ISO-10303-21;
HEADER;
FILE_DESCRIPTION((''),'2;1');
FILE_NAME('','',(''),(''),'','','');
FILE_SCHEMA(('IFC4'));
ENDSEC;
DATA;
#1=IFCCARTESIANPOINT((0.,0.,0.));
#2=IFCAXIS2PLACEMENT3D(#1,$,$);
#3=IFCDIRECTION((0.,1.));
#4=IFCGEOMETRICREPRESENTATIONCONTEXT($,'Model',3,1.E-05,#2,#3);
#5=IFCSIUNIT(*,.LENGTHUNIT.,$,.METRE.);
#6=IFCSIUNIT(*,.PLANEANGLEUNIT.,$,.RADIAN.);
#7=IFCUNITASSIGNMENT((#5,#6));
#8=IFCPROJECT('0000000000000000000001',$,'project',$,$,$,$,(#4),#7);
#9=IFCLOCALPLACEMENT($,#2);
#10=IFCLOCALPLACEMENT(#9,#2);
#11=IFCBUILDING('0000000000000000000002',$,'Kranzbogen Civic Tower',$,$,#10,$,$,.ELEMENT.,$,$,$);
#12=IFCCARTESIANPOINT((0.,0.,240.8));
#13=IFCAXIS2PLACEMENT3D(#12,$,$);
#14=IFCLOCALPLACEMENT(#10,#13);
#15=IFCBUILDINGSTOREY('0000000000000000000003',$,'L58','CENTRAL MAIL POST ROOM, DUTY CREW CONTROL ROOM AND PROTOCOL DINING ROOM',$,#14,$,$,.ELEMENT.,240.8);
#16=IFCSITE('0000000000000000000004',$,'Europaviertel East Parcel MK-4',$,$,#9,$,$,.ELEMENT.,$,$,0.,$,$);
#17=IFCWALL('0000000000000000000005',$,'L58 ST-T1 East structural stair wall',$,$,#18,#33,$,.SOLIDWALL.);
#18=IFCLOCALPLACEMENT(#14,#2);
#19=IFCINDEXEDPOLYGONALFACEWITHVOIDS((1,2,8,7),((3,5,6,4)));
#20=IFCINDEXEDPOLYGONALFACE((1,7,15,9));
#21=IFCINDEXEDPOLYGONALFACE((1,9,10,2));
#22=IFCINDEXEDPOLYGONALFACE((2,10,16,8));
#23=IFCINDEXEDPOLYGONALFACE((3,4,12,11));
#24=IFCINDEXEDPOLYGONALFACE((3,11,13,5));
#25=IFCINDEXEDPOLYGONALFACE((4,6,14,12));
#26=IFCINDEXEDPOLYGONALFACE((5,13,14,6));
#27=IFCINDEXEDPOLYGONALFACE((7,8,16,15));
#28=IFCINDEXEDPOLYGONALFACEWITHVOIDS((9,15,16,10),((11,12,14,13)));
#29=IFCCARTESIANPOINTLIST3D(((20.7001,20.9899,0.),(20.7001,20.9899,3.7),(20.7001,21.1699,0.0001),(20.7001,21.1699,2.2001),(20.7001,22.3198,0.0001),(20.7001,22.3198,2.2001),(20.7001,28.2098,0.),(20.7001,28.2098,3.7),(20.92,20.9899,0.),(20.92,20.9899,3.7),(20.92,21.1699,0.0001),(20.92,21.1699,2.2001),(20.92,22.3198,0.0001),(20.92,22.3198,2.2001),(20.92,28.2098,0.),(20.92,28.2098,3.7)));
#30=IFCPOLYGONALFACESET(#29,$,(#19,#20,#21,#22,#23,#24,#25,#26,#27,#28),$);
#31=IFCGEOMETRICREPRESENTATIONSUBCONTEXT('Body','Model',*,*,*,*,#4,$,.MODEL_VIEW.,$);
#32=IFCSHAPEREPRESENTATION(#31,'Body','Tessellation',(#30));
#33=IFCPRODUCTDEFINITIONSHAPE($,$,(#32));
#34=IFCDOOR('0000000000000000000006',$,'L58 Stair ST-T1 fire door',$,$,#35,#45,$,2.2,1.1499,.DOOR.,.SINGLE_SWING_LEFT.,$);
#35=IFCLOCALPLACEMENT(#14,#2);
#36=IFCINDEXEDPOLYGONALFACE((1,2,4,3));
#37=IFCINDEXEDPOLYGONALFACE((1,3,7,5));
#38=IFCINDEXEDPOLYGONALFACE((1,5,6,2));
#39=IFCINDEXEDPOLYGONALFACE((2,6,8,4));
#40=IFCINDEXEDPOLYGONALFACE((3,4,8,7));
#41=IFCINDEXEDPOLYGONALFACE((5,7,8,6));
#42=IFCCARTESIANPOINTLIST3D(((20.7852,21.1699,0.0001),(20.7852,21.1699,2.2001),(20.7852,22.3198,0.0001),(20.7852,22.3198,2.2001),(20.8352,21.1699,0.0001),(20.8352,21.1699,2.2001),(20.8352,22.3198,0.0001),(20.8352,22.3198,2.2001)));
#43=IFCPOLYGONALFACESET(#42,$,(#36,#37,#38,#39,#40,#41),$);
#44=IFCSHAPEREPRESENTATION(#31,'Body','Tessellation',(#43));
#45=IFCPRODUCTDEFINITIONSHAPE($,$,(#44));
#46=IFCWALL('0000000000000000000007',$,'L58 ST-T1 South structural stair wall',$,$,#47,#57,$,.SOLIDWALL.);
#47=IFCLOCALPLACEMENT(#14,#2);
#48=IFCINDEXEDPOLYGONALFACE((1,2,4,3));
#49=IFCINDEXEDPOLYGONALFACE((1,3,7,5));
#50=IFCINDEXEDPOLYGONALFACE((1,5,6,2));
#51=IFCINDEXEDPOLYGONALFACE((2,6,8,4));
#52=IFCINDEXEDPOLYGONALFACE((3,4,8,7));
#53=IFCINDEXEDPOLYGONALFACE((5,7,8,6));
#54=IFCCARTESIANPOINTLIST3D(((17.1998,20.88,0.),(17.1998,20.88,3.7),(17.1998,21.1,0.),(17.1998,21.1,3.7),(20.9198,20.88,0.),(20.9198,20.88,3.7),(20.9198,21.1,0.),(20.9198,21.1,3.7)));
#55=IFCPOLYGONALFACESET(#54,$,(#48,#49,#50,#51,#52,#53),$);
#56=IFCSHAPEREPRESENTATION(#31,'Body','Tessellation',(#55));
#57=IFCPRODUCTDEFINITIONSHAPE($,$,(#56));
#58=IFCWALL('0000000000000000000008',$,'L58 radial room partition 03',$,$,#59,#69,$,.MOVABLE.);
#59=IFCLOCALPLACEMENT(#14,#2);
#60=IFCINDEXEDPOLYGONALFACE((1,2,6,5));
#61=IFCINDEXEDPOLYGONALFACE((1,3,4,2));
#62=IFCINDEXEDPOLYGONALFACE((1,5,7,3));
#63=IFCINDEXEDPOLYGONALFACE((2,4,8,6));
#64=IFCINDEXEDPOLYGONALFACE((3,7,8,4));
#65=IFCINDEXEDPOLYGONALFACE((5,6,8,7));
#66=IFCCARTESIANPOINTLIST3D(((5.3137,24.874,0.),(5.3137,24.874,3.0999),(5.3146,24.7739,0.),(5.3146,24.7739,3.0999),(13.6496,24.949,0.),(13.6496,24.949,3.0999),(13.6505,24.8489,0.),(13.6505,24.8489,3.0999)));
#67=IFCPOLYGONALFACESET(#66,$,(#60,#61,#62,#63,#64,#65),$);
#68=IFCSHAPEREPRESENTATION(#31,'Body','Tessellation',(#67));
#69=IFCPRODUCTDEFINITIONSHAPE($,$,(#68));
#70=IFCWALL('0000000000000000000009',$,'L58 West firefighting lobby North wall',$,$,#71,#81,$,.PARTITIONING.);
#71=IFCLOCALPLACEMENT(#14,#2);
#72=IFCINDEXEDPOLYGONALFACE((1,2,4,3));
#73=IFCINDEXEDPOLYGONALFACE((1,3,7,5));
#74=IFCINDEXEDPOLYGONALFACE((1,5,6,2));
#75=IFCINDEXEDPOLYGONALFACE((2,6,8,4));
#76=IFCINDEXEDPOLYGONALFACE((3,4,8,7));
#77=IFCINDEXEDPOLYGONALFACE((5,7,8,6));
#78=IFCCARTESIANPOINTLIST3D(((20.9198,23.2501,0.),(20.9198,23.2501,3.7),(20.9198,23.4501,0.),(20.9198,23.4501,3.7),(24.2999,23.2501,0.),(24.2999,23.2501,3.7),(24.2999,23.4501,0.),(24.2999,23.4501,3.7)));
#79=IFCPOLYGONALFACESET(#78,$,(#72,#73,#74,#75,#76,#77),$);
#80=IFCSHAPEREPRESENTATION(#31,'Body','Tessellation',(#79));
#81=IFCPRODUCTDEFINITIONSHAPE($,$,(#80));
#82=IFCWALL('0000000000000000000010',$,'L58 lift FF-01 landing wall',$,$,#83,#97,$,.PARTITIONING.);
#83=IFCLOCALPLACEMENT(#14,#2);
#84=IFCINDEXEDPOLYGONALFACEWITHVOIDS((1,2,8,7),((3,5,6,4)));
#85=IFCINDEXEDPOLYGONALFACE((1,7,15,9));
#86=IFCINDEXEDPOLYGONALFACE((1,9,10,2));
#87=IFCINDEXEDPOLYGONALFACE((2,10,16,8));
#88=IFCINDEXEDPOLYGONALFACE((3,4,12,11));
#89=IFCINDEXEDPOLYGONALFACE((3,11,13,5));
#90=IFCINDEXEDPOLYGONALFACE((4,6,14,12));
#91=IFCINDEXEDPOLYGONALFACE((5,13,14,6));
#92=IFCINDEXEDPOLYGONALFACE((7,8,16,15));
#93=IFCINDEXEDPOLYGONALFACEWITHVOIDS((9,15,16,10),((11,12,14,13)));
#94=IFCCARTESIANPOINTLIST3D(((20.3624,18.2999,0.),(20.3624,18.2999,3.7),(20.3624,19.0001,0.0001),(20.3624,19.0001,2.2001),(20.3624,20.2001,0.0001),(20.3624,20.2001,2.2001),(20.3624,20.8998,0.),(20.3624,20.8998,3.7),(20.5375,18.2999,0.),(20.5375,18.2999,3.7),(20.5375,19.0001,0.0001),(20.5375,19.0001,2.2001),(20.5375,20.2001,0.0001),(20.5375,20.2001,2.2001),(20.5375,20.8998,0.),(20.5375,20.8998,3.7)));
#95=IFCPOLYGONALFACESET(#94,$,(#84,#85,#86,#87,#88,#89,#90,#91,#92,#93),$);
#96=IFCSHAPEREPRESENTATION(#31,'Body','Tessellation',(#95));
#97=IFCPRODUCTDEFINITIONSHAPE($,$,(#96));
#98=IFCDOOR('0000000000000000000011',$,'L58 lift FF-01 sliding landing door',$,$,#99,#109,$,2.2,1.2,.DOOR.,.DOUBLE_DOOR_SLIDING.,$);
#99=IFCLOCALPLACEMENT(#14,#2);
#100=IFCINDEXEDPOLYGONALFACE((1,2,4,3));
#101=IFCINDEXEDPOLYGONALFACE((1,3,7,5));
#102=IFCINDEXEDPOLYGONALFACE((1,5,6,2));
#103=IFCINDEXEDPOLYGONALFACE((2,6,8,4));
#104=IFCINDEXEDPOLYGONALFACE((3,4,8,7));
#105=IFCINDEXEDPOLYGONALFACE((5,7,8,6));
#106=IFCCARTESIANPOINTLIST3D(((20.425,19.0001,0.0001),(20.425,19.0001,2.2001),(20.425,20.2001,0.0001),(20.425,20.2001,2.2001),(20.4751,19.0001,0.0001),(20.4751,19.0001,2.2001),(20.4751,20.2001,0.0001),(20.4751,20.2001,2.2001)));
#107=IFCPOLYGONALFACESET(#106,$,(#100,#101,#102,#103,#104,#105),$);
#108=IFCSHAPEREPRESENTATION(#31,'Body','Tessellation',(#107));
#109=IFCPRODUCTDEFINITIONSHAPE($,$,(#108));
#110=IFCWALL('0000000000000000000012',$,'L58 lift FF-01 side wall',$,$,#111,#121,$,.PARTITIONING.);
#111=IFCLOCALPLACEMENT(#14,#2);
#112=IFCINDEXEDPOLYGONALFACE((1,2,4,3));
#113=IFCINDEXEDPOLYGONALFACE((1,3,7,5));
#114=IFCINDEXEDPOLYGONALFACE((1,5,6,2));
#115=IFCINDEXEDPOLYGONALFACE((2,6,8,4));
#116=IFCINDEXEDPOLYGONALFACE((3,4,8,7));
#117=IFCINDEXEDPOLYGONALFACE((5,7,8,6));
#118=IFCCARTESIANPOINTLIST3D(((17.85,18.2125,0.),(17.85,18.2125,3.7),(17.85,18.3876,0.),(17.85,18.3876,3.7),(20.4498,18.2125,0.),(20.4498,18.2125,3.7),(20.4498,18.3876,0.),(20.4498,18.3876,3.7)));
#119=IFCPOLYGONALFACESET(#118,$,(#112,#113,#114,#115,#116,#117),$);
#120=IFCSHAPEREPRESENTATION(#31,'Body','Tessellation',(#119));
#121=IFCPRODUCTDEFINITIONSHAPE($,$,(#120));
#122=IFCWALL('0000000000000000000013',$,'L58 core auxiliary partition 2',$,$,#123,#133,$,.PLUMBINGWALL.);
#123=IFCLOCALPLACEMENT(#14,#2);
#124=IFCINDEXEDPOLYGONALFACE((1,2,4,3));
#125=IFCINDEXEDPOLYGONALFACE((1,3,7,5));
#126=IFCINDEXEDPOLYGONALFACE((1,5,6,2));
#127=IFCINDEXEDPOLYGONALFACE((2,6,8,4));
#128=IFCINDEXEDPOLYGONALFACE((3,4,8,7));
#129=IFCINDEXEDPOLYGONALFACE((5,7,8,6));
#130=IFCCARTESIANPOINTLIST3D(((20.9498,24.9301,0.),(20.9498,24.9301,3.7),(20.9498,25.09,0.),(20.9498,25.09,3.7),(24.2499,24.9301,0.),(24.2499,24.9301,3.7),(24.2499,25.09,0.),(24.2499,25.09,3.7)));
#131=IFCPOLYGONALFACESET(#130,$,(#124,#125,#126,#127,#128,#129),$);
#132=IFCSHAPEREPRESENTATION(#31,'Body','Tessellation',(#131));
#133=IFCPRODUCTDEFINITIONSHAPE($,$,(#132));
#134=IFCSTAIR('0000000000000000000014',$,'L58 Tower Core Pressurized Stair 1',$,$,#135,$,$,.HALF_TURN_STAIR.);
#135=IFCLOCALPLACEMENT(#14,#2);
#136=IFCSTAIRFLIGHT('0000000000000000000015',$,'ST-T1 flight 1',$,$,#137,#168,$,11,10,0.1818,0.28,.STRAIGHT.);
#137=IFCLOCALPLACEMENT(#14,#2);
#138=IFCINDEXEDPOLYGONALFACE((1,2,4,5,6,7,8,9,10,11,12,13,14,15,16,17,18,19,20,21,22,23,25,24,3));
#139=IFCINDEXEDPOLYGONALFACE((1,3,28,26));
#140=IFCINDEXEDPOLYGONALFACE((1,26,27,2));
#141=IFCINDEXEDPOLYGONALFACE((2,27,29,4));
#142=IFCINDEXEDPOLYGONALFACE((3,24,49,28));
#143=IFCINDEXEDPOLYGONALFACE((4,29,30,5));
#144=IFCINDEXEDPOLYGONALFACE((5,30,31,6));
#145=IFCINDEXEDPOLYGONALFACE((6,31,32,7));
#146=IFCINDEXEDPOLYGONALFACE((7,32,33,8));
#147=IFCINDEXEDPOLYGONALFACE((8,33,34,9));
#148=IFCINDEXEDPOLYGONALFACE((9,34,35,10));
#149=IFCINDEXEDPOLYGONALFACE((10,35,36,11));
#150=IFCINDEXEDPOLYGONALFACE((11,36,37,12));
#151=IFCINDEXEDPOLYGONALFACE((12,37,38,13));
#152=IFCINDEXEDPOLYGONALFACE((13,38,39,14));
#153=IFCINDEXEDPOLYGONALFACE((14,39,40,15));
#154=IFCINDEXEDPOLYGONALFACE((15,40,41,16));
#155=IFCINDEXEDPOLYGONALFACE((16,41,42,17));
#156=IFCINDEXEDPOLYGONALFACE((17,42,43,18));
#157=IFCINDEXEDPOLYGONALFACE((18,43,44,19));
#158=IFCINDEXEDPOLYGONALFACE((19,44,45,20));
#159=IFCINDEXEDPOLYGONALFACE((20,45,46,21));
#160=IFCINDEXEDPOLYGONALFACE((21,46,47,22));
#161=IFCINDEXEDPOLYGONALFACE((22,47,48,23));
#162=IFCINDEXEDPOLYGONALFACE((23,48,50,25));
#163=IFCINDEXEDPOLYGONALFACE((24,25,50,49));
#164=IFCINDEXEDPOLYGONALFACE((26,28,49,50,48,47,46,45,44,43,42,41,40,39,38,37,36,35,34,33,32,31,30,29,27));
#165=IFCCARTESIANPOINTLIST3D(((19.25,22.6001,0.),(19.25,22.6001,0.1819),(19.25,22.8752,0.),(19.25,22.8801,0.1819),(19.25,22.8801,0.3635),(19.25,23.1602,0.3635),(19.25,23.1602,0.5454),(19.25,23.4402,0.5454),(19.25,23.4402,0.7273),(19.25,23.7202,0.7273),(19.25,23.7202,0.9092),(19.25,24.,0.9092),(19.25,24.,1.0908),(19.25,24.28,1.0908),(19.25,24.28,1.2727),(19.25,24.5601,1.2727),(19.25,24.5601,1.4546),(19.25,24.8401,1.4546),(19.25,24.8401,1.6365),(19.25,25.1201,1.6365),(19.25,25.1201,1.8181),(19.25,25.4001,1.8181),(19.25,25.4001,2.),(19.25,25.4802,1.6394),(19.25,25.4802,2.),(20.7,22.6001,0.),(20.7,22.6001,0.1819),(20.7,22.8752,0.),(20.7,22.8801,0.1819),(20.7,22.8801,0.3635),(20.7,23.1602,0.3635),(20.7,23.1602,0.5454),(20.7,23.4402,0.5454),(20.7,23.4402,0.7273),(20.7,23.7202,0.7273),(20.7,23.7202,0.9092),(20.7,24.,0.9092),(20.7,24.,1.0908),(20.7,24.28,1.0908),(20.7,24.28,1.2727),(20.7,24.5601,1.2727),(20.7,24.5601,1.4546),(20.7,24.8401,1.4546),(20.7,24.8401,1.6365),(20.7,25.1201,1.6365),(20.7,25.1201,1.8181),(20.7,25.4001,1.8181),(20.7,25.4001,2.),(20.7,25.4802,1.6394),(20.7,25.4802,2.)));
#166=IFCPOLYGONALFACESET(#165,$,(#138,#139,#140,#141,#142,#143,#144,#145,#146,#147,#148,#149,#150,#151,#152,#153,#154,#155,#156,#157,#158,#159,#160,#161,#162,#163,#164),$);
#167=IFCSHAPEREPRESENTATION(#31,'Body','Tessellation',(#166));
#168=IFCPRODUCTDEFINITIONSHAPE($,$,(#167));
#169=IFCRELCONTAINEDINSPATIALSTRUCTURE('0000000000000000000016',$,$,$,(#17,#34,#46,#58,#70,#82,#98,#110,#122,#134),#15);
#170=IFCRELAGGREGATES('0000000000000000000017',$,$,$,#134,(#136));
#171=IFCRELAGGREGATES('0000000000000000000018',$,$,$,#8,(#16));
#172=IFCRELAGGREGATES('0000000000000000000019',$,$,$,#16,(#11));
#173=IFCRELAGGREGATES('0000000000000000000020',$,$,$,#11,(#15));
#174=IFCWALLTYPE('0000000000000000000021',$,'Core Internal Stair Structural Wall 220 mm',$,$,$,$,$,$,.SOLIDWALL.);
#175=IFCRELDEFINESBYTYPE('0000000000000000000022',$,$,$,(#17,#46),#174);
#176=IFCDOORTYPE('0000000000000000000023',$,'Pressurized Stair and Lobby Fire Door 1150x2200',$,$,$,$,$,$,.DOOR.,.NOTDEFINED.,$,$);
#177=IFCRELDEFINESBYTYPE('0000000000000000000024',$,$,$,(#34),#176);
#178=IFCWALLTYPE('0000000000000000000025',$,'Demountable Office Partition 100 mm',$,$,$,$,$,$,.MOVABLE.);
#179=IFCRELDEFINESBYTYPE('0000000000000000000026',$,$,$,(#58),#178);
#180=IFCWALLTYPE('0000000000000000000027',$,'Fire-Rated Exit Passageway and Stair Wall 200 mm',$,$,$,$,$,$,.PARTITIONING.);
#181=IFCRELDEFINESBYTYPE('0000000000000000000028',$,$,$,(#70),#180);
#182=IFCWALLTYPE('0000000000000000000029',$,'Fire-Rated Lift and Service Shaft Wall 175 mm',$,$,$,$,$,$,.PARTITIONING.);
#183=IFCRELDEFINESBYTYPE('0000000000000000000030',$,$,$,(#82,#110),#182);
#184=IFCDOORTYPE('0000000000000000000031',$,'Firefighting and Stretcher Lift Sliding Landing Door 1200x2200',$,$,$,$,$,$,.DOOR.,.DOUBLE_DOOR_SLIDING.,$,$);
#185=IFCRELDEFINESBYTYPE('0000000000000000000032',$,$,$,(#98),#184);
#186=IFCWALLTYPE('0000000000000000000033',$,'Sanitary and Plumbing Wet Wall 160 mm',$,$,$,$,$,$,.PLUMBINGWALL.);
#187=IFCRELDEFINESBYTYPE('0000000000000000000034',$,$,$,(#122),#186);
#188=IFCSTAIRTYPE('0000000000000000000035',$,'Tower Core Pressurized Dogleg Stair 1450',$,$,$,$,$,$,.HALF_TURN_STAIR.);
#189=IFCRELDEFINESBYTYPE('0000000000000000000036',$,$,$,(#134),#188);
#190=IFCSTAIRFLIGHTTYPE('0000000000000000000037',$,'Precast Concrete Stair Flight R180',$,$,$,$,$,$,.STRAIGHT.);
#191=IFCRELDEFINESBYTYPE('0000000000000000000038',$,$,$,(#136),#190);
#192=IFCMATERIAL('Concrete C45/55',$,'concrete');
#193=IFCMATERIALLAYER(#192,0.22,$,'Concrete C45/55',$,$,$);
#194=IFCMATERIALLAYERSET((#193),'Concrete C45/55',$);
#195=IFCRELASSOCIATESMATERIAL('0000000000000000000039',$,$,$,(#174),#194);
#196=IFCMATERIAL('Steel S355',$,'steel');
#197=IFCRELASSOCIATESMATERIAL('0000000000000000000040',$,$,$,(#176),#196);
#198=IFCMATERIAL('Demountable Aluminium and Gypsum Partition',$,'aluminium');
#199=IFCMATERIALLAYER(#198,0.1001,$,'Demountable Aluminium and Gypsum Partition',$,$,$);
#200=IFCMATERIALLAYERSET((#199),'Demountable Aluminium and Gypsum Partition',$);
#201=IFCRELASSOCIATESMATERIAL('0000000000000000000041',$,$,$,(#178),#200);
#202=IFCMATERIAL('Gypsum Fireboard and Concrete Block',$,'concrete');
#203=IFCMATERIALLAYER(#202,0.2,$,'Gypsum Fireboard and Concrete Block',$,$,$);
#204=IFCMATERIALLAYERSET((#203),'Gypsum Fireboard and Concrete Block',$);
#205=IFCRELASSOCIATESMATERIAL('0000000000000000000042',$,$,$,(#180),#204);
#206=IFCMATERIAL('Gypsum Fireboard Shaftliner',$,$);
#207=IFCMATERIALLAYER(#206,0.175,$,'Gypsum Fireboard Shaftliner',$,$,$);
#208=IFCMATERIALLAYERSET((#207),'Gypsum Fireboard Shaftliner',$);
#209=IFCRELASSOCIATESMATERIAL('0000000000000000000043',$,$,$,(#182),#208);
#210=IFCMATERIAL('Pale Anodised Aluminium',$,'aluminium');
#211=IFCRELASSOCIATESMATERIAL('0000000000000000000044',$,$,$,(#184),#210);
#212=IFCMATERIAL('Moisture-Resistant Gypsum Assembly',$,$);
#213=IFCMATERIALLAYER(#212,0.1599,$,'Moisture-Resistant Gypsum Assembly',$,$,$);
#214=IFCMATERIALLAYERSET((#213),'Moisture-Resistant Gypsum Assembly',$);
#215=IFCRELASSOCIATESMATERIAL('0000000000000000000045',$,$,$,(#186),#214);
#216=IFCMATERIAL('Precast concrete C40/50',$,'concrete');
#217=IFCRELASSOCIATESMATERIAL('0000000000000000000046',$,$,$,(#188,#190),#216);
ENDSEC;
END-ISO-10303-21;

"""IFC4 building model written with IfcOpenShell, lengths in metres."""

from ifc_helpers import new_model, si_unit, direction, frame, frame_2d, origin, place, context, subcontext, project, spatial, polyline, rectangle, outline, extrude, material, layer, layer_set, type_object, element, fill, aggregate, save


model = new_model("IFC4")

# Units and contexts
model_context = context("Model", 3, precision=1e-05, world=origin(), true_north=direction((0.0, 1.0)))
body_context = subcontext(model_context, "Body", "Model", "MODEL_VIEW")
ifc_project = project(units=[si_unit("LENGTHUNIT", "METRE"), si_unit("PLANEANGLEUNIT", "RADIAN")], contexts=[model_context])

# Site, building, storey
site_placement = place(None, origin())
site = spatial("IfcSite", under=ifc_project, at=site_placement, Name="Europaviertel East Parcel MK-4", CompositionType="ELEMENT", RefElevation=0.0)
building_placement = place(site_placement, origin())
building = spatial("IfcBuilding", under=site, at=building_placement, Name="Kranzbogen Civic Tower", CompositionType="ELEMENT")
storey_placement = place(building_placement, frame((0.0, 0.0, 240.8)))
storey = spatial("IfcBuildingStorey", under=building, at=storey_placement, Name="L58", Description="CENTRAL MAIL POST ROOM, DUTY CREW CONTROL ROOM AND PROTOCOL DINING ROOM", CompositionType="ELEMENT", Elevation=240.8)

# Shared definitions
ifc_material_1 = material(Name="Steel S355", Category="steel")

# Shared definitions
ifc_material_2 = material(Name="Pale Anodised Aluminium", Category="aluminium")

# Shared definitions
ifc_material_3 = material(Name="Concrete C45/55", Category="concrete")

# Wall, opening, door
ifc_layer_1 = layer(ifc_material_3, 0.22, Name="Concrete C45/55")
ifc_layer_set_1 = layer_set([ifc_layer_1], Name="Concrete C45/55")
wall_type_1 = type_object("IfcWallType", Name="Core Internal Stair Structural Wall 220 mm", PredefinedType="SOLIDWALL", material=ifc_layer_set_1)
wall_1_placement = place(storey_placement, frame((20.8101, 20.99, 0.0), z_axis=(0.0, 0.0, 1.0), x_axis=(0.0, 1.0, 0.0)))
wall_1 = element("IfcWall", 1, at=wall_1_placement, inside=storey, type_object=wall_type_1, Name="L58 ST-T1 East structural stair wall", PredefinedType="SOLIDWALL", context=body_context, shape_type="SweptSolid", body=[
    extrude(rectangle(XDim=7.22, YDim=0.22, at=frame_2d((3.6099, 0.0))), origin(), (0.0, 0.0, 1.0), 3.7),
])
opening_1_placement = place(wall_1_placement, frame((0.1799, 0.0, 0.0)))
opening_1 = element("IfcOpeningElement", 2, at=opening_1_placement, cuts=wall_1, PredefinedType="OPENING", context=body_context, shape_type="SweptSolid", body=[
    extrude(rectangle(XDim=1.1499, YDim=2.2, at=frame_2d((0.575, 1.1001))), frame((0.0, 0.1201, 0.0), z_axis=(0.0, -1.0, 0.0), x_axis=(1.0, 0.0, 0.0)), (0.0, 0.0, 1.0), 0.24),
])
door_type_1 = type_object("IfcDoorType", Name="Pressurized Stair and Lobby Fire Door 1150x2200", OperationType="NOTDEFINED", PredefinedType="DOOR", material=ifc_material_1)
door_1_placement = place(opening_1_placement, origin())
door_1 = element("IfcDoor", 3, at=door_1_placement, inside=storey, type_object=door_type_1, Name="L58 Stair ST-T1 fire door", OperationType="SINGLE_SWING_LEFT", OverallHeight=2.2, OverallWidth=1.1499, PredefinedType="DOOR", context=body_context, shape_type="SweptSolid", body=[
    extrude(rectangle(XDim=1.1499, YDim=2.2, at=frame_2d((0.575, 1.1001))), frame((0.0, 0.0249, 0.0), z_axis=(0.0, -1.0, 0.0), x_axis=(1.0, 0.0, 0.0)), (0.0, 0.0, 1.0), 0.05),
])
fill(opening_1, door_1)

# Walls
wall_2_placement = place(storey_placement, frame((17.2, 20.99, 0.0), z_axis=(0.0, 0.0, 1.0), x_axis=(1.0, 0.0, 0.0)))
element("IfcWall", 4, at=wall_2_placement, inside=storey, type_object=wall_type_1, Name="L58 ST-T1 South structural stair wall", PredefinedType="SOLIDWALL", context=body_context, shape_type="SweptSolid", body=[
    extrude(rectangle(XDim=3.72, YDim=0.22, at=frame_2d((1.8599, 0.0))), origin(), (0.0, 0.0, 1.0), 3.7),
])
ifc_material_4 = material(Name="Demountable Aluminium and Gypsum Partition", Category="aluminium")
ifc_layer_2 = layer(ifc_material_4, 0.1001, Name="Demountable Aluminium and Gypsum Partition")
ifc_layer_set_2 = layer_set([ifc_layer_2], Name="Demountable Aluminium and Gypsum Partition")
wall_type_2 = type_object("IfcWallType", Name="Demountable Office Partition 100 mm", PredefinedType="MOVABLE", material=ifc_layer_set_2)
wall_3_placement = place(storey_placement, frame((13.6499, 24.8989, 0.0), z_axis=(0.0, 0.0, 1.0), x_axis=(-0.99996, -0.008991, 0.0)))
element("IfcWall", 5, at=wall_3_placement, inside=storey, type_object=wall_type_2, Name="L58 radial room partition 03", PredefinedType="MOVABLE", context=body_context, shape_type="SweptSolid", body=[
    extrude(rectangle(XDim=8.3362, YDim=0.1001, at=frame_2d((4.168, 0.0))), origin(), (0.0, 0.0, 1.0), 3.0999),
])
ifc_material_5 = material(Name="Gypsum Fireboard and Concrete Block", Category="concrete")
ifc_layer_3 = layer(ifc_material_5, 0.2, Name="Gypsum Fireboard and Concrete Block")
ifc_layer_set_3 = layer_set([ifc_layer_3], Name="Gypsum Fireboard and Concrete Block")
wall_type_3 = type_object("IfcWallType", Name="Fire-Rated Exit Passageway and Stair Wall 200 mm", PredefinedType="PARTITIONING", material=ifc_layer_set_3)
wall_4_placement = place(storey_placement, frame((20.9199, 23.3501, 0.0), z_axis=(0.0, 0.0, 1.0), x_axis=(1.0, 0.0, 0.0)))
element("IfcWall", 6, at=wall_4_placement, inside=storey, type_object=wall_type_3, Name="L58 West firefighting lobby North wall", PredefinedType="PARTITIONING", context=body_context, shape_type="SweptSolid", body=[
    extrude(rectangle(XDim=3.3801, YDim=0.2, at=frame_2d((1.6899, 0.0))), origin(), (0.0, 0.0, 1.0), 3.7),
])

# Wall, opening, door
ifc_material_6 = material(Name="Gypsum Fireboard Shaftliner")
ifc_layer_4 = layer(ifc_material_6, 0.175, Name="Gypsum Fireboard Shaftliner")
ifc_layer_set_4 = layer_set([ifc_layer_4], Name="Gypsum Fireboard Shaftliner")
wall_type_4 = type_object("IfcWallType", Name="Fire-Rated Lift and Service Shaft Wall 175 mm", PredefinedType="PARTITIONING", material=ifc_layer_set_4)
wall_5_placement = place(storey_placement, frame((20.45, 18.3, 0.0), z_axis=(0.0, 0.0, 1.0), x_axis=(0.0, 1.0, 0.0)))
wall_5 = element("IfcWall", 7, at=wall_5_placement, inside=storey, type_object=wall_type_4, Name="L58 lift FF-01 landing wall", PredefinedType="PARTITIONING", context=body_context, shape_type="SweptSolid", body=[
    extrude(rectangle(XDim=2.5999, YDim=0.175, at=frame_2d((1.2998, 0.0))), origin(), (0.0, 0.0, 1.0), 3.7),
])
opening_2_placement = place(wall_5_placement, frame((0.7, 0.0, 0.0)))
opening_2 = element("IfcOpeningElement", 8, at=opening_2_placement, cuts=wall_5, PredefinedType="OPENING", context=body_context, shape_type="SweptSolid", body=[
    extrude(rectangle(XDim=1.2, YDim=2.2, at=frame_2d((0.6001, 1.1001))), frame((0.0, 0.0977, 0.0), z_axis=(0.0, -1.0, 0.0), x_axis=(1.0, 0.0, 0.0)), (0.0, 0.0, 1.0), 0.1951),
])
door_type_2 = type_object("IfcDoorType", Name="Firefighting and Stretcher Lift Sliding Landing Door 1200x2200", OperationType="DOUBLE_DOOR_SLIDING", PredefinedType="DOOR", material=ifc_material_2)
door_2_placement = place(opening_2_placement, origin())
door_2 = element("IfcDoor", 9, at=door_2_placement, inside=storey, type_object=door_type_2, Name="L58 lift FF-01 sliding landing door", OperationType="DOUBLE_DOOR_SLIDING", OverallHeight=2.2, OverallWidth=1.2, PredefinedType="DOOR", context=body_context, shape_type="SweptSolid", body=[
    extrude(rectangle(XDim=1.2, YDim=2.2, at=frame_2d((0.6001, 1.1001))), frame((0.0, 0.0249, 0.0), z_axis=(0.0, -1.0, 0.0), x_axis=(1.0, 0.0, 0.0)), (0.0, 0.0, 1.0), 0.05),
])
fill(opening_2, door_2)

# Walls
wall_6_placement = place(storey_placement, frame((17.8501, 18.3, 0.0), z_axis=(0.0, 0.0, 1.0), x_axis=(1.0, 0.0, 0.0)))
element("IfcWall", 10, at=wall_6_placement, inside=storey, type_object=wall_type_4, Name="L58 lift FF-01 side wall", PredefinedType="PARTITIONING", context=body_context, shape_type="SweptSolid", body=[
    extrude(rectangle(XDim=2.5999, YDim=0.175, at=frame_2d((1.2998, 0.0))), origin(), (0.0, 0.0, 1.0), 3.7),
])
ifc_material_7 = material(Name="Moisture-Resistant Gypsum Assembly")
ifc_layer_5 = layer(ifc_material_7, 0.1599, Name="Moisture-Resistant Gypsum Assembly")
ifc_layer_set_5 = layer_set([ifc_layer_5], Name="Moisture-Resistant Gypsum Assembly")
wall_type_5 = type_object("IfcWallType", Name="Sanitary and Plumbing Wet Wall 160 mm", PredefinedType="PLUMBINGWALL", material=ifc_layer_set_5)
wall_7_placement = place(storey_placement, frame((20.95, 25.01, 0.0), z_axis=(0.0, 0.0, 1.0), x_axis=(1.0, 0.0, 0.0)))
element("IfcWall", 11, at=wall_7_placement, inside=storey, type_object=wall_type_5, Name="L58 core auxiliary partition 2", PredefinedType="PLUMBINGWALL", context=body_context, shape_type="SweptSolid", body=[
    extrude(rectangle(XDim=3.3, YDim=0.1599, at=frame_2d((1.6499, 0.0))), origin(), (0.0, 0.0, 1.0), 3.7),
])

# Stair, stair flight
ifc_material_8 = material(Name="Precast concrete C40/50", Category="concrete")
stair_type = type_object("IfcStairType", Name="Tower Core Pressurized Dogleg Stair 1450", PredefinedType="HALF_TURN_STAIR", material=ifc_material_8)
stair_placement = place(storey_placement, origin())
stair = element("IfcStair", 12, at=stair_placement, inside=storey, type_object=stair_type, Name="L58 Tower Core Pressurized Stair 1", PredefinedType="HALF_TURN_STAIR")
stair_flight_type = type_object("IfcStairFlightType", Name="Precast Concrete Stair Flight R180", PredefinedType="STRAIGHT", material=ifc_material_8)
stair_flight_1_placement = place(storey_placement, frame((19.9751, 22.6001, 0.0), z_axis=(0.0, 0.0, 1.0), x_axis=(0.0, 1.0, 0.0)))
stair_flight_1 = element("IfcStairFlight", 13, at=stair_flight_1_placement, type_object=stair_flight_type, Name="ST-T1 flight 1", NumberOfRisers=11, NumberOfTreads=10, PredefinedType="STRAIGHT", RiserHeight=0.1818, TreadLength=0.28, context=body_context, shape_type="SweptSolid", body=[
    extrude(outline(polyline([(0.0, 0.0), (0.0, 0.1819), (0.28, 0.1819), (0.28, 0.3635), (0.5601, 0.3635), (0.5601, 0.5454), (0.8401, 0.5454), (0.8401, 0.7273), (1.1201, 0.7273), (1.1201, 0.9092), (1.3999, 0.9092), (1.3999, 1.0908), (1.6799, 1.0908), (1.6799, 1.2727), (1.96, 1.2727), (1.96, 1.4546), (2.24, 1.4546), (2.24, 1.6365), (2.52, 1.6365), (2.52, 1.8181), (2.8, 1.8181), (2.8, 2.0), (2.8801, 2.0), (2.8801, 1.6394), (0.2751, 0.0), (0.0, 0.0)])), frame((0.0, 0.7251, 0.0), z_axis=(0.0, -1.0, 0.0), x_axis=(1.0, 0.0, 0.0)), (0.0, 0.0, 1.0), 1.45),
])
aggregate(stair, [stair_flight_1])

save(model, "model.ifc")
